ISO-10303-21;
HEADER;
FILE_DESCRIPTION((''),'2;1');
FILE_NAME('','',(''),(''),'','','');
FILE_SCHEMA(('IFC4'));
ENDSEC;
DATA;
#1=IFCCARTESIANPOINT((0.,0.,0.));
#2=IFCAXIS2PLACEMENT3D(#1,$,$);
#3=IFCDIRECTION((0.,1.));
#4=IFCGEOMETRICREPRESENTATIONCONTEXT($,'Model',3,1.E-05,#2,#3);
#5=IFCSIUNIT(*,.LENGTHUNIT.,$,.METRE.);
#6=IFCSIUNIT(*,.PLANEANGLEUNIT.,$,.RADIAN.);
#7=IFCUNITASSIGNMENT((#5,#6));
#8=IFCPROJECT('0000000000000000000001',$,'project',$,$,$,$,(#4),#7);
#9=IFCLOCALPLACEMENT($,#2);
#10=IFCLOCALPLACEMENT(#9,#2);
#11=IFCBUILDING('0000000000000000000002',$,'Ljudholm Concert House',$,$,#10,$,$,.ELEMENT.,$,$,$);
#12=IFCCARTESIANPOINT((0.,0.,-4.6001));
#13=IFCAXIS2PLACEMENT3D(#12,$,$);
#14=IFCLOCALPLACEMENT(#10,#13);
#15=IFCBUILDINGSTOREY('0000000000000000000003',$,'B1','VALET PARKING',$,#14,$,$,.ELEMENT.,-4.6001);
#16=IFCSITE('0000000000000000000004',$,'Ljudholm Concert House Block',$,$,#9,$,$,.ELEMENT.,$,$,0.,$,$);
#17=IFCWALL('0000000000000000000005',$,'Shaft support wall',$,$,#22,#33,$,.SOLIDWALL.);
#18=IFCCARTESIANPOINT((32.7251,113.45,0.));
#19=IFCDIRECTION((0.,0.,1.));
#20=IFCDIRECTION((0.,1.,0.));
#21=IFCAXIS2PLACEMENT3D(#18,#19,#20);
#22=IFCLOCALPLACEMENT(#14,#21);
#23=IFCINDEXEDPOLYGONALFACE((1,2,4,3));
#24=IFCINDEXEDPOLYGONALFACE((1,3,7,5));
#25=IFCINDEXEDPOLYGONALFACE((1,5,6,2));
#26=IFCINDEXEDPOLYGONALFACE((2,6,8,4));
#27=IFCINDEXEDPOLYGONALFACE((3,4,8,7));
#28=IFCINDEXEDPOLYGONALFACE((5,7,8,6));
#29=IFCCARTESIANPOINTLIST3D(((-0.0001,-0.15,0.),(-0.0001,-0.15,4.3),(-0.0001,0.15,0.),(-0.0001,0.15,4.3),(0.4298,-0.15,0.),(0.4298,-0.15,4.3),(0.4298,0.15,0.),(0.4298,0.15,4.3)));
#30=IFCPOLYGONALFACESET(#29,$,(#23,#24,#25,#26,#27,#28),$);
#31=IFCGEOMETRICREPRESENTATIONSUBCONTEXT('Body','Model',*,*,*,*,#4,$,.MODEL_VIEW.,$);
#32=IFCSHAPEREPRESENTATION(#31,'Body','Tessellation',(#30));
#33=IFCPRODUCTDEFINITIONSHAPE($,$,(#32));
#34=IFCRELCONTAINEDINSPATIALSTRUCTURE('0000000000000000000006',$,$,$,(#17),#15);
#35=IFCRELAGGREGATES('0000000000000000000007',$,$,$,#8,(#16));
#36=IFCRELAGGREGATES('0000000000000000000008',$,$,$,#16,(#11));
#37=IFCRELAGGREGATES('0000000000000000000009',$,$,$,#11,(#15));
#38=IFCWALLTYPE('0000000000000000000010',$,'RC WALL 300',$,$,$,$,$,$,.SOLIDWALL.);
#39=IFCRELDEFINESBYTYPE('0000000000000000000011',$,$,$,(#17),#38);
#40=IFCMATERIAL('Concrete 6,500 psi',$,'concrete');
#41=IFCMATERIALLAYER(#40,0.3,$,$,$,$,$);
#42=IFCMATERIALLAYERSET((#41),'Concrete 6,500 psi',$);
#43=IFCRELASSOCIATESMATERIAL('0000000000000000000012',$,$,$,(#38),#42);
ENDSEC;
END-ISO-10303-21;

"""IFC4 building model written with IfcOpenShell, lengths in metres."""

from ifc_helpers import new_model, si_unit, direction, frame, frame_2d, origin, place, context, subcontext, project, spatial, rectangle, extrude, material, layer, layer_set, type_object, element, save


model = new_model("IFC4")

# Units and contexts
model_context = context("Model", 3, precision=1e-05, world=origin(), true_north=direction((0.0, 1.0)))
body_context = subcontext(model_context, "Body", "Model", "MODEL_VIEW")
ifc_project = project(units=[si_unit("LENGTHUNIT", "METRE"), si_unit("PLANEANGLEUNIT", "RADIAN")], contexts=[model_context])

# Site, building, storey
site_placement = place(None, origin())
site = spatial("IfcSite", under=ifc_project, at=site_placement, Name="Ljudholm Concert House Block", CompositionType="ELEMENT", RefElevation=0.0)
building_placement = place(site_placement, origin())
building = spatial("IfcBuilding", under=site, at=building_placement, Name="Ljudholm Concert House", CompositionType="ELEMENT")
storey_placement = place(building_placement, frame((0.0, 0.0, -4.6001)))
storey = spatial("IfcBuildingStorey", under=building, at=storey_placement, Name="B1", Description="VALET PARKING", CompositionType="ELEMENT", Elevation=-4.6001)

# Wall
ifc_material_1 = material(Name="Concrete 6,500 psi", Category="concrete")
ifc_layer = layer(ifc_material_1, 0.3)
ifc_layer_set = layer_set([ifc_layer], Name="Concrete 6,500 psi")
wall_type = type_object("IfcWallType", Name="RC WALL 300", PredefinedType="SOLIDWALL", material=ifc_layer_set)
wall_1_placement = place(storey_placement, frame((32.7251, 113.45, 0.0), z_axis=(0.0, 0.0, 1.0), x_axis=(0.0, 1.0, 0.0)))
element("IfcWall", 1, at=wall_1_placement, inside=storey, type_object=wall_type, Name="Shaft support wall", PredefinedType="SOLIDWALL", context=body_context, shape_type="SweptSolid", body=[
    extrude(rectangle(XDim=0.4299, YDim=0.3, at=frame_2d((0.2148, 0.0))), origin(), (0.0, 0.0, 1.0), 4.3),
])

save(model, "model.ifc")
